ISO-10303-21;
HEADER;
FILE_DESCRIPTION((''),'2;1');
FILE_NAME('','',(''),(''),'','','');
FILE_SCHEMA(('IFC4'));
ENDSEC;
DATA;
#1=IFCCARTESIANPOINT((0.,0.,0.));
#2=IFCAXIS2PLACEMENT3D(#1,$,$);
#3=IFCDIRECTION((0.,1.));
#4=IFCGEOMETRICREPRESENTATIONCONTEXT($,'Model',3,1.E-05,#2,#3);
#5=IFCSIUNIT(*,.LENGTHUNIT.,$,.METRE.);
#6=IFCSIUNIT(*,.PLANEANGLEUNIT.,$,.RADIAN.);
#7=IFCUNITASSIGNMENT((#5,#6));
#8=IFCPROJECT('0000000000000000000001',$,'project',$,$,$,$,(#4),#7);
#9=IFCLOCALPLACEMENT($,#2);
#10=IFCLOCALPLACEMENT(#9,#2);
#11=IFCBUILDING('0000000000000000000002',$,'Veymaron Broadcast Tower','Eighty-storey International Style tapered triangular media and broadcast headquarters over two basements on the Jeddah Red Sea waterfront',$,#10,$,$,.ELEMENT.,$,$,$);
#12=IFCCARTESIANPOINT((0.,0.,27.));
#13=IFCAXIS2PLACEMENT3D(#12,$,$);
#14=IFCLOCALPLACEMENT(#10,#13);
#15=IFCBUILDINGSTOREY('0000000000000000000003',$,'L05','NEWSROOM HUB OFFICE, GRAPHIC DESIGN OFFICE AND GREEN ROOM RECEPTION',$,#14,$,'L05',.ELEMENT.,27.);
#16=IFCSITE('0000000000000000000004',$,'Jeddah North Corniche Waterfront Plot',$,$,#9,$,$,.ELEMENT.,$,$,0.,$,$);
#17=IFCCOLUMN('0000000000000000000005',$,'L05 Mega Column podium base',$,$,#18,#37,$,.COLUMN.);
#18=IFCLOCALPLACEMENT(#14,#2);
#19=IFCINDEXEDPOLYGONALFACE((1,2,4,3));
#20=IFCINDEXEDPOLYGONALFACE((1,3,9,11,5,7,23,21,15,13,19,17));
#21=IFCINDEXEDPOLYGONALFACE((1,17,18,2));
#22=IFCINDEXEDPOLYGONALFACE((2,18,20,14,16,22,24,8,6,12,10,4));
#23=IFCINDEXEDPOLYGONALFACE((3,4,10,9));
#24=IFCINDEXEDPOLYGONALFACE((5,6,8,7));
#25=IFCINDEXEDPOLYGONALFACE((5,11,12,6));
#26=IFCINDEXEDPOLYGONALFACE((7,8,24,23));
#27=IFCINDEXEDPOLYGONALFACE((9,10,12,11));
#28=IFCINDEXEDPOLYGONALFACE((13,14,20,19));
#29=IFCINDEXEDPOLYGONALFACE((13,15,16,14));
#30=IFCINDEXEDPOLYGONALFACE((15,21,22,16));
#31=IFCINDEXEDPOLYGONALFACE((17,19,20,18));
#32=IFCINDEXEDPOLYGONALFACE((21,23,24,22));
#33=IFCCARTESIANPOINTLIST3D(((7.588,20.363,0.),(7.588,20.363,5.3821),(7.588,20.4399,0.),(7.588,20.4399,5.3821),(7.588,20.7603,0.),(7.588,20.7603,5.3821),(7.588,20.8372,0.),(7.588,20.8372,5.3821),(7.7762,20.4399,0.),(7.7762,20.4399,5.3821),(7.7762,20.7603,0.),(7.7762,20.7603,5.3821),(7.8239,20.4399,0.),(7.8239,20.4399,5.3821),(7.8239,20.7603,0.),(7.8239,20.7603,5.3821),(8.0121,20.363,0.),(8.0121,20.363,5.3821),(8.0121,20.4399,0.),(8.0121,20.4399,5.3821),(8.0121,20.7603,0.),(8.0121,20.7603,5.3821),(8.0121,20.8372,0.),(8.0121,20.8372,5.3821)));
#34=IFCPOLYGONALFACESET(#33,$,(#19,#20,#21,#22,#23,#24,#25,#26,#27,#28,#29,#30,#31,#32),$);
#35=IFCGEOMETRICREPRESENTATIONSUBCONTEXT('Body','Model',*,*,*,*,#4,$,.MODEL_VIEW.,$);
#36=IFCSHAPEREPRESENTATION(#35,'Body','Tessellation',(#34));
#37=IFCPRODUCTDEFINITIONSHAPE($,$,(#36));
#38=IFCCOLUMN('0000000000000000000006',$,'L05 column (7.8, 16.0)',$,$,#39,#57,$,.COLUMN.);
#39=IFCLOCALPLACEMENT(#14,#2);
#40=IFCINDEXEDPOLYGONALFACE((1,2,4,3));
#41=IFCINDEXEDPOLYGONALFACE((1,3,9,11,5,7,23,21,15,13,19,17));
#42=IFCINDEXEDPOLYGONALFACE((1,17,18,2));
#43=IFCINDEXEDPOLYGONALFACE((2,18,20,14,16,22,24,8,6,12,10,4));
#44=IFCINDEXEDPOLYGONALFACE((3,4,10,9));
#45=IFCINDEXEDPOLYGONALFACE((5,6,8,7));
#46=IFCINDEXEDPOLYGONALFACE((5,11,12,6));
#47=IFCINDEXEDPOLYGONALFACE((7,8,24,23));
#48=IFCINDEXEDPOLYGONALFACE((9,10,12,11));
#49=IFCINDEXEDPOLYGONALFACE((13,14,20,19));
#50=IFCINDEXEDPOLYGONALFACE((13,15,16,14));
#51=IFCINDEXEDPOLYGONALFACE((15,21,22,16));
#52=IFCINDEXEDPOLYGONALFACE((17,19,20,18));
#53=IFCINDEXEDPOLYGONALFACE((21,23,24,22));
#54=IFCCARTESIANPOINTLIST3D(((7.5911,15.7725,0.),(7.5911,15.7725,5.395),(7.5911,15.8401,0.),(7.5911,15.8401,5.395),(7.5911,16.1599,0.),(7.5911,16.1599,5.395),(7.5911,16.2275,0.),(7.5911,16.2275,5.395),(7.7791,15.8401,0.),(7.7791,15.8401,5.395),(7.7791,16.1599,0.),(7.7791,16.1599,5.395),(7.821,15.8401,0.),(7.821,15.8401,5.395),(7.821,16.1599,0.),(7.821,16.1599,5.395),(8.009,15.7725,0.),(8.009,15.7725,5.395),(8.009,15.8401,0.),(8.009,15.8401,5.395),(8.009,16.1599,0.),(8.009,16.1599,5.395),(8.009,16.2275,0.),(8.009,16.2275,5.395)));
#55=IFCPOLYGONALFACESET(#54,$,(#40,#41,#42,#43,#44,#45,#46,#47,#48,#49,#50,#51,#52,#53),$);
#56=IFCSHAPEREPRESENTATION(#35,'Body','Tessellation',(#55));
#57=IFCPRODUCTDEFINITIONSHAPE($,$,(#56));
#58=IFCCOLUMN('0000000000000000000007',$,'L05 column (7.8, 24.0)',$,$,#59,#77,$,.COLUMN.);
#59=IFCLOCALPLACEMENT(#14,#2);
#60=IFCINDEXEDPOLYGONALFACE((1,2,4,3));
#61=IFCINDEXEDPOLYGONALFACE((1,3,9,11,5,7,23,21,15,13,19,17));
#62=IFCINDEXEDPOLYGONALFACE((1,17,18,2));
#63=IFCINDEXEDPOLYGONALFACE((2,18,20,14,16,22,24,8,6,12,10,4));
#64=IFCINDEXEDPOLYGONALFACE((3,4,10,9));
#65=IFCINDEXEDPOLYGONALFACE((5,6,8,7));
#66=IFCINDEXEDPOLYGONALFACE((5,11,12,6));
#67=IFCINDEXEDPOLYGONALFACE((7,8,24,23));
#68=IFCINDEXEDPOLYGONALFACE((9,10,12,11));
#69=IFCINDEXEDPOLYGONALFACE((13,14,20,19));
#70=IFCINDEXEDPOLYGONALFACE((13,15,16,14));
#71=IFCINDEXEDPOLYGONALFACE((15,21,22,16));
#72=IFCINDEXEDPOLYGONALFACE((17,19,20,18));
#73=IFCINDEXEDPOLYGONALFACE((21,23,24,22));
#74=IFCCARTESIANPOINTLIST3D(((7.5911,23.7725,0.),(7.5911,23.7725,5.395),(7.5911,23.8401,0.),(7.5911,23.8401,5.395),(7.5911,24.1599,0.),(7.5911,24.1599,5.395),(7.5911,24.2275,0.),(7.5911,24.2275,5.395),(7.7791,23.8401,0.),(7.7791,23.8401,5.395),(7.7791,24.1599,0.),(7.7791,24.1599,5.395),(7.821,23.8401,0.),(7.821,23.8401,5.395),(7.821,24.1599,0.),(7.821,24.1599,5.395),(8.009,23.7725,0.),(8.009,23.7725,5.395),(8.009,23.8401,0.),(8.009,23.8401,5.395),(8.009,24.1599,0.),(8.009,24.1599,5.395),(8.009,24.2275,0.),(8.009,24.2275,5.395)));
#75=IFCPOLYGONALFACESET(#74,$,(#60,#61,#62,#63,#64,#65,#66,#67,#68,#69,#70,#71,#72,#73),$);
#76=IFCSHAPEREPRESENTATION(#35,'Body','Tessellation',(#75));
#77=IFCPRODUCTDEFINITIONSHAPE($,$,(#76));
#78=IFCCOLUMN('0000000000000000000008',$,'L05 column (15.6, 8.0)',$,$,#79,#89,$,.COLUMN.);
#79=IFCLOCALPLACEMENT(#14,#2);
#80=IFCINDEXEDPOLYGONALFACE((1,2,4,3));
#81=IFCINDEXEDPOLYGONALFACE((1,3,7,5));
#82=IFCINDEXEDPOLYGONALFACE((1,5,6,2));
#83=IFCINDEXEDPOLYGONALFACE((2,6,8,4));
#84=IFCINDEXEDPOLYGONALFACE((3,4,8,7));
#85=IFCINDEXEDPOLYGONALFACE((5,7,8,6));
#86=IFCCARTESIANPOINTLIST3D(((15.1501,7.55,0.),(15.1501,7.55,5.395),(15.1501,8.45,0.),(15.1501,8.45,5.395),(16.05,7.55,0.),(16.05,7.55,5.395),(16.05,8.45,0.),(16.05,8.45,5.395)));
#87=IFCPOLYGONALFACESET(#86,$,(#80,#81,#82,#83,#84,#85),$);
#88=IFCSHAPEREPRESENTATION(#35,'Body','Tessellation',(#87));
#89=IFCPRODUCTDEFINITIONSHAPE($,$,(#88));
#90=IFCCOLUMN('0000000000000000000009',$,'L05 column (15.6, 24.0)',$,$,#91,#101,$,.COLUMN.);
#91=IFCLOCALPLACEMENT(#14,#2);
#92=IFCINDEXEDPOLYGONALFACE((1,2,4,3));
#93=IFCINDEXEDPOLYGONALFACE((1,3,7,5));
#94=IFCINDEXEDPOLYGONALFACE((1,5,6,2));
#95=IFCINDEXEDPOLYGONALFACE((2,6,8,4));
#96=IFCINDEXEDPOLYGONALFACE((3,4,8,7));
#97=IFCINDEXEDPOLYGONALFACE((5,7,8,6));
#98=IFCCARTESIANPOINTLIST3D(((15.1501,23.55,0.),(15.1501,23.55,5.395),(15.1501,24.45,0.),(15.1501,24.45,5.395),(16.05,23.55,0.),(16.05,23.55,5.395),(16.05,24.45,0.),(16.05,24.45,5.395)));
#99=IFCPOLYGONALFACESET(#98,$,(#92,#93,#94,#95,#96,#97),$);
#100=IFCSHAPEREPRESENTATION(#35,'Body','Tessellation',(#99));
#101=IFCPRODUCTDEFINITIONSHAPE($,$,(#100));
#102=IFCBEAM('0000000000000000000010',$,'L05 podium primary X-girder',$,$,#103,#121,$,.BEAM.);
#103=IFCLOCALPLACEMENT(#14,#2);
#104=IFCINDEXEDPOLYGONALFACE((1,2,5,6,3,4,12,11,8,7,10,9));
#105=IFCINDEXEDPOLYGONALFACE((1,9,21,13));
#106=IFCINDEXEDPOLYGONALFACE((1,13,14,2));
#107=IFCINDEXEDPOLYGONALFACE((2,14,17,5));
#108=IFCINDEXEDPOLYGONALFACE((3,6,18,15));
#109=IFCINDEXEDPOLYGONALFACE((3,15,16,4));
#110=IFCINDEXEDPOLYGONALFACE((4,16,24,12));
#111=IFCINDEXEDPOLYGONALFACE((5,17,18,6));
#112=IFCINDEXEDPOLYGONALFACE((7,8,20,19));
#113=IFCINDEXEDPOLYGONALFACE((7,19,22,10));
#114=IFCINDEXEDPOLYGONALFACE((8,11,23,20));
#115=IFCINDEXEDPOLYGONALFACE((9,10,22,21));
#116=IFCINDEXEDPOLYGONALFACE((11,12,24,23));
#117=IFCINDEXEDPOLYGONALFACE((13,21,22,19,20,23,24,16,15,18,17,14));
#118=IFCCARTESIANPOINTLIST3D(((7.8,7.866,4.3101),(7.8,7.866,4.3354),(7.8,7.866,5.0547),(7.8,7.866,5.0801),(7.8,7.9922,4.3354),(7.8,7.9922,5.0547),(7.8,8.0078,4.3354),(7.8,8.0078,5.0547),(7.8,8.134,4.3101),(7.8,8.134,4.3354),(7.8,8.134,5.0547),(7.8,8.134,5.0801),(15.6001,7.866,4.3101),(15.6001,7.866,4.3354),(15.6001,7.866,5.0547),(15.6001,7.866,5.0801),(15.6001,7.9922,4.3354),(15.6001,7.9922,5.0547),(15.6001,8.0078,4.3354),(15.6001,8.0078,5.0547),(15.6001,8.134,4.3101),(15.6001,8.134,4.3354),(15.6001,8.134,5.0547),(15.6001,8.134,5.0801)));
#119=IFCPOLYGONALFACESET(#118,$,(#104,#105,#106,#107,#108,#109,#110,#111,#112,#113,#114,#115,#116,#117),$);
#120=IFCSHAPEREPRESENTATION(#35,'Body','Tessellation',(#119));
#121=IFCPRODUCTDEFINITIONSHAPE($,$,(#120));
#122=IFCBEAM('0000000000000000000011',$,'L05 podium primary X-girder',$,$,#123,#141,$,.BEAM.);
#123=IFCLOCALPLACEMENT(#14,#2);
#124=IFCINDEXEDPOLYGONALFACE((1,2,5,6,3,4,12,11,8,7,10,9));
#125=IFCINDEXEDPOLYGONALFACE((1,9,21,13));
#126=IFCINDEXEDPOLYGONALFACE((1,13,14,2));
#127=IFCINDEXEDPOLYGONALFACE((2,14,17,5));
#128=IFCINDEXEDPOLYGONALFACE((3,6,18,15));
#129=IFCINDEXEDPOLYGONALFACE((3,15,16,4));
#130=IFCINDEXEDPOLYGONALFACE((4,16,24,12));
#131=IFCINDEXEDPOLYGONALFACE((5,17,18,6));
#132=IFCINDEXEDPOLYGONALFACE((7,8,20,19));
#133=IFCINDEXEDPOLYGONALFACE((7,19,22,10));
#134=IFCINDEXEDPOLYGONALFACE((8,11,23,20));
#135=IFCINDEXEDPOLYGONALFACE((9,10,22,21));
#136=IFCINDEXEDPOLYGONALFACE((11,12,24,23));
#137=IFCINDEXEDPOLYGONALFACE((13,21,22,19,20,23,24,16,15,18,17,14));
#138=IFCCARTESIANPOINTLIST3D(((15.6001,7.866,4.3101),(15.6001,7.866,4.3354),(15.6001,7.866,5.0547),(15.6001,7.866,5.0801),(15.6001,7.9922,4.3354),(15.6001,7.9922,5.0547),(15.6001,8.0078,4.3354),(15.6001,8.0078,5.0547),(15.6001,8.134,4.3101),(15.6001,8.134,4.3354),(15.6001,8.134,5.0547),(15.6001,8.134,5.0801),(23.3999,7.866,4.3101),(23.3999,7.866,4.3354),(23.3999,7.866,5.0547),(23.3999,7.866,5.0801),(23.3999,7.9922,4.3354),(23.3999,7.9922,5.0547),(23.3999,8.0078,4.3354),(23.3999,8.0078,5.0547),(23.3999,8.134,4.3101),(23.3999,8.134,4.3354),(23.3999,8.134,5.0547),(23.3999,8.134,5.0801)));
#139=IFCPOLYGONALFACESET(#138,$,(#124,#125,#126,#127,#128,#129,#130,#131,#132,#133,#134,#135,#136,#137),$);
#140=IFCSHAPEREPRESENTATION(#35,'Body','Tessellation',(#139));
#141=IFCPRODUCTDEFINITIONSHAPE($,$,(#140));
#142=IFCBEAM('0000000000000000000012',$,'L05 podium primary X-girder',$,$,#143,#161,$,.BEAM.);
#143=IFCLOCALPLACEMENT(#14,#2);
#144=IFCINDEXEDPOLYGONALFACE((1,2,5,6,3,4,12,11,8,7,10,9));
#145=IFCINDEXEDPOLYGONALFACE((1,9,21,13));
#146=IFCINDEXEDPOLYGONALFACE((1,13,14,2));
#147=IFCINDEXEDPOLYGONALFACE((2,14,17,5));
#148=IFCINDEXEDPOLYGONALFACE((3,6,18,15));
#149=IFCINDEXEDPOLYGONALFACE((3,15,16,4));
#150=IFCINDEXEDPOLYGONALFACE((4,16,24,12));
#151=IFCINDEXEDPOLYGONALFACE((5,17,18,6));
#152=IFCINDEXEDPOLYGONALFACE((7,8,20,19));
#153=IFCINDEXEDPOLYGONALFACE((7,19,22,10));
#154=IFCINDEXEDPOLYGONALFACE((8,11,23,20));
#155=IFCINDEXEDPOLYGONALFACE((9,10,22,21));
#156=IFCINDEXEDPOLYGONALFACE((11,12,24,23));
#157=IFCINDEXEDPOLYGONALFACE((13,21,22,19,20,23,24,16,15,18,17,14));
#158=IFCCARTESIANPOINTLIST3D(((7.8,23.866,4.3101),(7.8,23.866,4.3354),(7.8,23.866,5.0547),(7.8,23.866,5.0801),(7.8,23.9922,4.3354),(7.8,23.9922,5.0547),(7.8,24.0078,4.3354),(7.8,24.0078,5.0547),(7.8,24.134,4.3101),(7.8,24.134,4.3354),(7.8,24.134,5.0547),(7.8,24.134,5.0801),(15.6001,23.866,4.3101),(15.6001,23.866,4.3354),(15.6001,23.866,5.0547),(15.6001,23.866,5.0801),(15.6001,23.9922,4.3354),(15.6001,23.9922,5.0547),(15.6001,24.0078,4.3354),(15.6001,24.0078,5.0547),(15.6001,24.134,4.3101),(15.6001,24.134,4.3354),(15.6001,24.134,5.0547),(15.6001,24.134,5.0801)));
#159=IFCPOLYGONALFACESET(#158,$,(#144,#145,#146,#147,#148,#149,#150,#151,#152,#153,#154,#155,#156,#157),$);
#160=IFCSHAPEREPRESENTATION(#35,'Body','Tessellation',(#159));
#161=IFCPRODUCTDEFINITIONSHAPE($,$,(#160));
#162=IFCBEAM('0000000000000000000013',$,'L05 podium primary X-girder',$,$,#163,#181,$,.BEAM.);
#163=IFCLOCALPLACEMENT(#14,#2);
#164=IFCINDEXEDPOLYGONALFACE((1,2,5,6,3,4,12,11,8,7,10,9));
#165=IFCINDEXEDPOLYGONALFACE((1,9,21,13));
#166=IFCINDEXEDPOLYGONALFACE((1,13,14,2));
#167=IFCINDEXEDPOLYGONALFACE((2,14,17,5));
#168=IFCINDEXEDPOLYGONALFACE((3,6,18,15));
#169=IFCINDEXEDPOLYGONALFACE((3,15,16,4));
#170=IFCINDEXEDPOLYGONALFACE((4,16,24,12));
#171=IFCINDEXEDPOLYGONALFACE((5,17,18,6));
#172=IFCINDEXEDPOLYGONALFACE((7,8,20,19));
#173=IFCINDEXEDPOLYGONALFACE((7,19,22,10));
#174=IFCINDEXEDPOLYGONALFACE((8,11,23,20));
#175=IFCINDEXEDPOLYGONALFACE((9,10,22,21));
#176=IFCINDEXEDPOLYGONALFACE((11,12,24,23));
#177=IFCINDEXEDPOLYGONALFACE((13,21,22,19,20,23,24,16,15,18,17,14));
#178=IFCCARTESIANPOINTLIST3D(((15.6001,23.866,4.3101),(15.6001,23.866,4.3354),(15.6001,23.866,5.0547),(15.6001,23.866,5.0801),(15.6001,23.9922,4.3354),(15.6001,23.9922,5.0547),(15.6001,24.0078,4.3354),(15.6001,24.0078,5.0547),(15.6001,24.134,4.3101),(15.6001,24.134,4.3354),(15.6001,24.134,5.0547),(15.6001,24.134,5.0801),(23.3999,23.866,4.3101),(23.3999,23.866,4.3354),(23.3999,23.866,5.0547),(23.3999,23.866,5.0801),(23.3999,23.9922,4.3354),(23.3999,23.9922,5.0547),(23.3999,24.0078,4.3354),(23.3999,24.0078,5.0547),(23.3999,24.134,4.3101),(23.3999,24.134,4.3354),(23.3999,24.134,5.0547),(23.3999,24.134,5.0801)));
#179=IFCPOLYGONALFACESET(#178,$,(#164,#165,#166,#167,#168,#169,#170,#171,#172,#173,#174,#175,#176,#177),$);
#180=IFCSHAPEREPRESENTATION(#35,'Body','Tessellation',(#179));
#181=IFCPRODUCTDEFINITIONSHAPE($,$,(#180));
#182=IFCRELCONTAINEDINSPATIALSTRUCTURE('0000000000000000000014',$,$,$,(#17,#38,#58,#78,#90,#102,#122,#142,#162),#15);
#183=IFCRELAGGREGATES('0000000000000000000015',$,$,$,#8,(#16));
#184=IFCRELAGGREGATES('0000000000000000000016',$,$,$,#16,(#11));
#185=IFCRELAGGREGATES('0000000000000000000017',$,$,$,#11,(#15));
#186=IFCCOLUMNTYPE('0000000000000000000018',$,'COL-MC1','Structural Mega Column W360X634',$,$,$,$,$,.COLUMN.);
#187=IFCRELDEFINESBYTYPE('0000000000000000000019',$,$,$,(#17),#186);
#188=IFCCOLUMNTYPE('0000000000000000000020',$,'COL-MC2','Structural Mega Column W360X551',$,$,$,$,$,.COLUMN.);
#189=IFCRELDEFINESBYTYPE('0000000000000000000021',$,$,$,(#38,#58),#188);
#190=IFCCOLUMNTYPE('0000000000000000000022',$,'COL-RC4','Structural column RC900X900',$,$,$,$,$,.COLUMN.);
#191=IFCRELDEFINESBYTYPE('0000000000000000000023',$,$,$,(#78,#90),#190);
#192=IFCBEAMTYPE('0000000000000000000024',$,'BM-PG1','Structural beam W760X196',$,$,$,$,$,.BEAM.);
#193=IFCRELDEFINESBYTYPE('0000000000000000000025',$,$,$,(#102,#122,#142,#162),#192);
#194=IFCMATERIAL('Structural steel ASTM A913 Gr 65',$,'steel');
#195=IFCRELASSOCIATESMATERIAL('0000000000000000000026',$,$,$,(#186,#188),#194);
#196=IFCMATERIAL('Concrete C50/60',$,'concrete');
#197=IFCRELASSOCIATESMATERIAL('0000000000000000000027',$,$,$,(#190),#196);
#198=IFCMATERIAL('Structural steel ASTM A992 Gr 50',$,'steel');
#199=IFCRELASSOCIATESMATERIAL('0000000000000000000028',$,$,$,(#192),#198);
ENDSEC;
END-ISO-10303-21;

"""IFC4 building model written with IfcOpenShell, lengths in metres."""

from ifc_helpers import new_model, si_unit, direction, frame, origin, origin_2d, place, context, subcontext, project, spatial, rectangle, i_section, extrude, material, material_profile, profile_set, type_object, element, save


model = new_model("IFC4")

# Units and contexts
model_context = context("Model", 3, precision=1e-05, world=origin(), true_north=direction((0.0, 1.0)))
body_context = subcontext(model_context, "Body", "Model", "MODEL_VIEW")
ifc_project = project(units=[si_unit("LENGTHUNIT", "METRE"), si_unit("PLANEANGLEUNIT", "RADIAN")], contexts=[model_context])

# Site, building, storey
site_placement = place(None, origin())
site = spatial("IfcSite", under=ifc_project, at=site_placement, Name="Jeddah North Corniche Waterfront Plot", CompositionType="ELEMENT", RefElevation=0.0)
building_placement = place(site_placement, origin())
building = spatial("IfcBuilding", under=site, at=building_placement, Name="Veymaron Broadcast Tower", Description="Eighty-storey International Style tapered triangular media and broadcast headquarters over two basements on the Jeddah Red Sea waterfront", CompositionType="ELEMENT")
storey_placement = place(building_placement, frame((0.0, 0.0, 27.0)))
storey = spatial("IfcBuildingStorey", under=building, at=storey_placement, Name="L05", Description="NEWSROOM HUB OFFICE, GRAPHIC DESIGN OFFICE AND GREEN ROOM RECEPTION", LongName="L05", CompositionType="ELEMENT", Elevation=27.0)

# Columns
ifc_material_1 = material(Name="Structural steel ASTM A913 Gr 65", Category="steel")
ifc_material_profile_1 = material_profile(ifc_material_1, i_section(OverallWidth=0.4241, OverallDepth=0.4741, WebThickness=0.0476, FlangeThickness=0.0769, at=origin_2d()), Name="W360X634")
ifc_profile_set_1 = profile_set([ifc_material_profile_1], Name="Structural steel ASTM A913 Gr 65")
column_type_1 = type_object("IfcColumnType", Name="COL-MC1", Description="Structural Mega Column W360X634", PredefinedType="COLUMN", material=ifc_profile_set_1)
column_placement = place(storey_placement, frame((7.8, 20.6001, 0.0), z_axis=(0.0, 0.0, 1.0), x_axis=(1.0, 0.0, 0.0)))
element("IfcColumn", 1, at=column_placement, inside=storey, type_object=column_type_1, Name="L05 Mega Column podium base", PredefinedType="COLUMN", context=body_context, shape_type="SweptSolid", body=[
    extrude(i_section(OverallWidth=0.4241, OverallDepth=0.4741, WebThickness=0.0476, FlangeThickness=0.0769, at=origin_2d()), origin(), (0.0, 0.0, 1.0), 5.3821),
])
ifc_material_profile_2 = material_profile(ifc_material_1, i_section(OverallWidth=0.418, OverallDepth=0.4551, WebThickness=0.042, FlangeThickness=0.0676, at=origin_2d()), Name="W360X551")
ifc_profile_set_2 = profile_set([ifc_material_profile_2], Name="Structural steel ASTM A913 Gr 65")
column_type_2 = type_object("IfcColumnType", Name="COL-MC2", Description="Structural Mega Column W360X551", PredefinedType="COLUMN", material=ifc_profile_set_2)
for number, where, z_axis, x_axis, name in (
    (2, (7.8, 16.0, 0.0), (0.0, 0.0, 1.0), (1.0, 0.0, 0.0), "L05 column (7.8, 16.0)"),
    (3, (7.8, 24.0, 0.0), (0.0, 0.0, 1.0), (1.0, 0.0, 0.0), "L05 column (7.8, 24.0)"),
):
    element("IfcColumn", number, at=place(storey_placement, frame(where, z_axis=z_axis, x_axis=x_axis)), inside=storey, type_object=column_type_2, Name=name, PredefinedType="COLUMN", context=body_context, shape_type="SweptSolid", body=[
        extrude(i_section(OverallWidth=0.418, OverallDepth=0.4551, WebThickness=0.042, FlangeThickness=0.0676, at=origin_2d()), origin(), (0.0, 0.0, 1.0), 5.395),
    ])
ifc_material_2 = material(Name="Concrete C50/60", Category="concrete")
ifc_material_profile_3 = material_profile(ifc_material_2, rectangle(XDim=0.8999, YDim=0.8999, at=origin_2d()), Name="RC900X900")
ifc_profile_set_3 = profile_set([ifc_material_profile_3], Name="Concrete C50/60")
column_type_3 = type_object("IfcColumnType", Name="COL-RC4", Description="Structural column RC900X900", PredefinedType="COLUMN", material=ifc_profile_set_3)
for number, where, z_axis, x_axis, name in (
    (4, (15.6001, 8.0, 0.0), (0.0, 0.0, 1.0), (1.0, 0.0, 0.0), "L05 column (15.6, 8.0)"),
    (5, (15.6001, 24.0, 0.0), (0.0, 0.0, 1.0), (1.0, 0.0, 0.0), "L05 column (15.6, 24.0)"),
):
    element("IfcColumn", number, at=place(storey_placement, frame(where, z_axis=z_axis, x_axis=x_axis)), inside=storey, type_object=column_type_3, Name=name, PredefinedType="COLUMN", context=body_context, shape_type="SweptSolid", body=[
        extrude(rectangle(XDim=0.8999, YDim=0.8999, at=origin_2d()), origin(), (0.0, 0.0, 1.0), 5.395),
    ])

# Beams
ifc_material_3 = material(Name="Structural steel ASTM A992 Gr 50", Category="steel")
ifc_material_profile_4 = material_profile(ifc_material_3, i_section(OverallWidth=0.2681, OverallDepth=0.77, WebThickness=0.0156, FlangeThickness=0.0254, at=origin_2d()), Name="W760X196")
ifc_profile_set_4 = profile_set([ifc_material_profile_4], Name="Structural steel ASTM A992 Gr 50")
beam_type_1 = type_object("IfcBeamType", Name="BM-PG1", Description="Structural beam W760X196", PredefinedType="BEAM", material=ifc_profile_set_4)
beam_1_placement = place(storey_placement, frame((7.8, 8.0, 4.6951), z_axis=(1.0, 0.0, 0.0), x_axis=(0.0, 1.0, 0.0)))
element("IfcBeam", 6, at=beam_1_placement, inside=storey, type_object=beam_type_1, Name="L05 podium primary X-girder", PredefinedType="BEAM", context=body_context, shape_type="SweptSolid", body=[
    extrude(i_section(OverallWidth=0.2681, OverallDepth=0.77, WebThickness=0.0156, FlangeThickness=0.0254, at=origin_2d()), origin(), (0.0, 0.0, 1.0), 7.8),
])
beam_2_placement = place(storey_placement, frame((15.6001, 8.0, 4.6951), z_axis=(1.0, 0.0, 0.0), x_axis=(0.0, 1.0, 0.0)))
element("IfcBeam", 7, at=beam_2_placement, inside=storey, type_object=beam_type_1, Name="L05 podium primary X-girder", PredefinedType="BEAM", context=body_context, shape_type="SweptSolid", body=[
    extrude(i_section(OverallWidth=0.2681, OverallDepth=0.77, WebThickness=0.0156, FlangeThickness=0.0254, at=origin_2d()), origin(), (0.0, 0.0, 1.0), 7.7998),
])
beam_3_placement = place(storey_placement, frame((7.8, 24.0, 4.6951), z_axis=(1.0, 0.0, 0.0), x_axis=(0.0, 1.0, 0.0)))
element("IfcBeam", 8, at=beam_3_placement, inside=storey, type_object=beam_type_1, Name="L05 podium primary X-girder", PredefinedType="BEAM", context=body_context, shape_type="SweptSolid", body=[
    extrude(i_section(OverallWidth=0.2681, OverallDepth=0.77, WebThickness=0.0156, FlangeThickness=0.0254, at=origin_2d()), origin(), (0.0, 0.0, 1.0), 7.8),
])
beam_4_placement = place(storey_placement, frame((15.6001, 24.0, 4.6951), z_axis=(1.0, 0.0, 0.0), x_axis=(0.0, 1.0, 0.0)))
element("IfcBeam", 9, at=beam_4_placement, inside=storey, type_object=beam_type_1, Name="L05 podium primary X-girder", PredefinedType="BEAM", context=body_context, shape_type="SweptSolid", body=[
    extrude(i_section(OverallWidth=0.2681, OverallDepth=0.77, WebThickness=0.0156, FlangeThickness=0.0254, at=origin_2d()), origin(), (0.0, 0.0, 1.0), 7.7998),
])

save(model, "model.ifc")
